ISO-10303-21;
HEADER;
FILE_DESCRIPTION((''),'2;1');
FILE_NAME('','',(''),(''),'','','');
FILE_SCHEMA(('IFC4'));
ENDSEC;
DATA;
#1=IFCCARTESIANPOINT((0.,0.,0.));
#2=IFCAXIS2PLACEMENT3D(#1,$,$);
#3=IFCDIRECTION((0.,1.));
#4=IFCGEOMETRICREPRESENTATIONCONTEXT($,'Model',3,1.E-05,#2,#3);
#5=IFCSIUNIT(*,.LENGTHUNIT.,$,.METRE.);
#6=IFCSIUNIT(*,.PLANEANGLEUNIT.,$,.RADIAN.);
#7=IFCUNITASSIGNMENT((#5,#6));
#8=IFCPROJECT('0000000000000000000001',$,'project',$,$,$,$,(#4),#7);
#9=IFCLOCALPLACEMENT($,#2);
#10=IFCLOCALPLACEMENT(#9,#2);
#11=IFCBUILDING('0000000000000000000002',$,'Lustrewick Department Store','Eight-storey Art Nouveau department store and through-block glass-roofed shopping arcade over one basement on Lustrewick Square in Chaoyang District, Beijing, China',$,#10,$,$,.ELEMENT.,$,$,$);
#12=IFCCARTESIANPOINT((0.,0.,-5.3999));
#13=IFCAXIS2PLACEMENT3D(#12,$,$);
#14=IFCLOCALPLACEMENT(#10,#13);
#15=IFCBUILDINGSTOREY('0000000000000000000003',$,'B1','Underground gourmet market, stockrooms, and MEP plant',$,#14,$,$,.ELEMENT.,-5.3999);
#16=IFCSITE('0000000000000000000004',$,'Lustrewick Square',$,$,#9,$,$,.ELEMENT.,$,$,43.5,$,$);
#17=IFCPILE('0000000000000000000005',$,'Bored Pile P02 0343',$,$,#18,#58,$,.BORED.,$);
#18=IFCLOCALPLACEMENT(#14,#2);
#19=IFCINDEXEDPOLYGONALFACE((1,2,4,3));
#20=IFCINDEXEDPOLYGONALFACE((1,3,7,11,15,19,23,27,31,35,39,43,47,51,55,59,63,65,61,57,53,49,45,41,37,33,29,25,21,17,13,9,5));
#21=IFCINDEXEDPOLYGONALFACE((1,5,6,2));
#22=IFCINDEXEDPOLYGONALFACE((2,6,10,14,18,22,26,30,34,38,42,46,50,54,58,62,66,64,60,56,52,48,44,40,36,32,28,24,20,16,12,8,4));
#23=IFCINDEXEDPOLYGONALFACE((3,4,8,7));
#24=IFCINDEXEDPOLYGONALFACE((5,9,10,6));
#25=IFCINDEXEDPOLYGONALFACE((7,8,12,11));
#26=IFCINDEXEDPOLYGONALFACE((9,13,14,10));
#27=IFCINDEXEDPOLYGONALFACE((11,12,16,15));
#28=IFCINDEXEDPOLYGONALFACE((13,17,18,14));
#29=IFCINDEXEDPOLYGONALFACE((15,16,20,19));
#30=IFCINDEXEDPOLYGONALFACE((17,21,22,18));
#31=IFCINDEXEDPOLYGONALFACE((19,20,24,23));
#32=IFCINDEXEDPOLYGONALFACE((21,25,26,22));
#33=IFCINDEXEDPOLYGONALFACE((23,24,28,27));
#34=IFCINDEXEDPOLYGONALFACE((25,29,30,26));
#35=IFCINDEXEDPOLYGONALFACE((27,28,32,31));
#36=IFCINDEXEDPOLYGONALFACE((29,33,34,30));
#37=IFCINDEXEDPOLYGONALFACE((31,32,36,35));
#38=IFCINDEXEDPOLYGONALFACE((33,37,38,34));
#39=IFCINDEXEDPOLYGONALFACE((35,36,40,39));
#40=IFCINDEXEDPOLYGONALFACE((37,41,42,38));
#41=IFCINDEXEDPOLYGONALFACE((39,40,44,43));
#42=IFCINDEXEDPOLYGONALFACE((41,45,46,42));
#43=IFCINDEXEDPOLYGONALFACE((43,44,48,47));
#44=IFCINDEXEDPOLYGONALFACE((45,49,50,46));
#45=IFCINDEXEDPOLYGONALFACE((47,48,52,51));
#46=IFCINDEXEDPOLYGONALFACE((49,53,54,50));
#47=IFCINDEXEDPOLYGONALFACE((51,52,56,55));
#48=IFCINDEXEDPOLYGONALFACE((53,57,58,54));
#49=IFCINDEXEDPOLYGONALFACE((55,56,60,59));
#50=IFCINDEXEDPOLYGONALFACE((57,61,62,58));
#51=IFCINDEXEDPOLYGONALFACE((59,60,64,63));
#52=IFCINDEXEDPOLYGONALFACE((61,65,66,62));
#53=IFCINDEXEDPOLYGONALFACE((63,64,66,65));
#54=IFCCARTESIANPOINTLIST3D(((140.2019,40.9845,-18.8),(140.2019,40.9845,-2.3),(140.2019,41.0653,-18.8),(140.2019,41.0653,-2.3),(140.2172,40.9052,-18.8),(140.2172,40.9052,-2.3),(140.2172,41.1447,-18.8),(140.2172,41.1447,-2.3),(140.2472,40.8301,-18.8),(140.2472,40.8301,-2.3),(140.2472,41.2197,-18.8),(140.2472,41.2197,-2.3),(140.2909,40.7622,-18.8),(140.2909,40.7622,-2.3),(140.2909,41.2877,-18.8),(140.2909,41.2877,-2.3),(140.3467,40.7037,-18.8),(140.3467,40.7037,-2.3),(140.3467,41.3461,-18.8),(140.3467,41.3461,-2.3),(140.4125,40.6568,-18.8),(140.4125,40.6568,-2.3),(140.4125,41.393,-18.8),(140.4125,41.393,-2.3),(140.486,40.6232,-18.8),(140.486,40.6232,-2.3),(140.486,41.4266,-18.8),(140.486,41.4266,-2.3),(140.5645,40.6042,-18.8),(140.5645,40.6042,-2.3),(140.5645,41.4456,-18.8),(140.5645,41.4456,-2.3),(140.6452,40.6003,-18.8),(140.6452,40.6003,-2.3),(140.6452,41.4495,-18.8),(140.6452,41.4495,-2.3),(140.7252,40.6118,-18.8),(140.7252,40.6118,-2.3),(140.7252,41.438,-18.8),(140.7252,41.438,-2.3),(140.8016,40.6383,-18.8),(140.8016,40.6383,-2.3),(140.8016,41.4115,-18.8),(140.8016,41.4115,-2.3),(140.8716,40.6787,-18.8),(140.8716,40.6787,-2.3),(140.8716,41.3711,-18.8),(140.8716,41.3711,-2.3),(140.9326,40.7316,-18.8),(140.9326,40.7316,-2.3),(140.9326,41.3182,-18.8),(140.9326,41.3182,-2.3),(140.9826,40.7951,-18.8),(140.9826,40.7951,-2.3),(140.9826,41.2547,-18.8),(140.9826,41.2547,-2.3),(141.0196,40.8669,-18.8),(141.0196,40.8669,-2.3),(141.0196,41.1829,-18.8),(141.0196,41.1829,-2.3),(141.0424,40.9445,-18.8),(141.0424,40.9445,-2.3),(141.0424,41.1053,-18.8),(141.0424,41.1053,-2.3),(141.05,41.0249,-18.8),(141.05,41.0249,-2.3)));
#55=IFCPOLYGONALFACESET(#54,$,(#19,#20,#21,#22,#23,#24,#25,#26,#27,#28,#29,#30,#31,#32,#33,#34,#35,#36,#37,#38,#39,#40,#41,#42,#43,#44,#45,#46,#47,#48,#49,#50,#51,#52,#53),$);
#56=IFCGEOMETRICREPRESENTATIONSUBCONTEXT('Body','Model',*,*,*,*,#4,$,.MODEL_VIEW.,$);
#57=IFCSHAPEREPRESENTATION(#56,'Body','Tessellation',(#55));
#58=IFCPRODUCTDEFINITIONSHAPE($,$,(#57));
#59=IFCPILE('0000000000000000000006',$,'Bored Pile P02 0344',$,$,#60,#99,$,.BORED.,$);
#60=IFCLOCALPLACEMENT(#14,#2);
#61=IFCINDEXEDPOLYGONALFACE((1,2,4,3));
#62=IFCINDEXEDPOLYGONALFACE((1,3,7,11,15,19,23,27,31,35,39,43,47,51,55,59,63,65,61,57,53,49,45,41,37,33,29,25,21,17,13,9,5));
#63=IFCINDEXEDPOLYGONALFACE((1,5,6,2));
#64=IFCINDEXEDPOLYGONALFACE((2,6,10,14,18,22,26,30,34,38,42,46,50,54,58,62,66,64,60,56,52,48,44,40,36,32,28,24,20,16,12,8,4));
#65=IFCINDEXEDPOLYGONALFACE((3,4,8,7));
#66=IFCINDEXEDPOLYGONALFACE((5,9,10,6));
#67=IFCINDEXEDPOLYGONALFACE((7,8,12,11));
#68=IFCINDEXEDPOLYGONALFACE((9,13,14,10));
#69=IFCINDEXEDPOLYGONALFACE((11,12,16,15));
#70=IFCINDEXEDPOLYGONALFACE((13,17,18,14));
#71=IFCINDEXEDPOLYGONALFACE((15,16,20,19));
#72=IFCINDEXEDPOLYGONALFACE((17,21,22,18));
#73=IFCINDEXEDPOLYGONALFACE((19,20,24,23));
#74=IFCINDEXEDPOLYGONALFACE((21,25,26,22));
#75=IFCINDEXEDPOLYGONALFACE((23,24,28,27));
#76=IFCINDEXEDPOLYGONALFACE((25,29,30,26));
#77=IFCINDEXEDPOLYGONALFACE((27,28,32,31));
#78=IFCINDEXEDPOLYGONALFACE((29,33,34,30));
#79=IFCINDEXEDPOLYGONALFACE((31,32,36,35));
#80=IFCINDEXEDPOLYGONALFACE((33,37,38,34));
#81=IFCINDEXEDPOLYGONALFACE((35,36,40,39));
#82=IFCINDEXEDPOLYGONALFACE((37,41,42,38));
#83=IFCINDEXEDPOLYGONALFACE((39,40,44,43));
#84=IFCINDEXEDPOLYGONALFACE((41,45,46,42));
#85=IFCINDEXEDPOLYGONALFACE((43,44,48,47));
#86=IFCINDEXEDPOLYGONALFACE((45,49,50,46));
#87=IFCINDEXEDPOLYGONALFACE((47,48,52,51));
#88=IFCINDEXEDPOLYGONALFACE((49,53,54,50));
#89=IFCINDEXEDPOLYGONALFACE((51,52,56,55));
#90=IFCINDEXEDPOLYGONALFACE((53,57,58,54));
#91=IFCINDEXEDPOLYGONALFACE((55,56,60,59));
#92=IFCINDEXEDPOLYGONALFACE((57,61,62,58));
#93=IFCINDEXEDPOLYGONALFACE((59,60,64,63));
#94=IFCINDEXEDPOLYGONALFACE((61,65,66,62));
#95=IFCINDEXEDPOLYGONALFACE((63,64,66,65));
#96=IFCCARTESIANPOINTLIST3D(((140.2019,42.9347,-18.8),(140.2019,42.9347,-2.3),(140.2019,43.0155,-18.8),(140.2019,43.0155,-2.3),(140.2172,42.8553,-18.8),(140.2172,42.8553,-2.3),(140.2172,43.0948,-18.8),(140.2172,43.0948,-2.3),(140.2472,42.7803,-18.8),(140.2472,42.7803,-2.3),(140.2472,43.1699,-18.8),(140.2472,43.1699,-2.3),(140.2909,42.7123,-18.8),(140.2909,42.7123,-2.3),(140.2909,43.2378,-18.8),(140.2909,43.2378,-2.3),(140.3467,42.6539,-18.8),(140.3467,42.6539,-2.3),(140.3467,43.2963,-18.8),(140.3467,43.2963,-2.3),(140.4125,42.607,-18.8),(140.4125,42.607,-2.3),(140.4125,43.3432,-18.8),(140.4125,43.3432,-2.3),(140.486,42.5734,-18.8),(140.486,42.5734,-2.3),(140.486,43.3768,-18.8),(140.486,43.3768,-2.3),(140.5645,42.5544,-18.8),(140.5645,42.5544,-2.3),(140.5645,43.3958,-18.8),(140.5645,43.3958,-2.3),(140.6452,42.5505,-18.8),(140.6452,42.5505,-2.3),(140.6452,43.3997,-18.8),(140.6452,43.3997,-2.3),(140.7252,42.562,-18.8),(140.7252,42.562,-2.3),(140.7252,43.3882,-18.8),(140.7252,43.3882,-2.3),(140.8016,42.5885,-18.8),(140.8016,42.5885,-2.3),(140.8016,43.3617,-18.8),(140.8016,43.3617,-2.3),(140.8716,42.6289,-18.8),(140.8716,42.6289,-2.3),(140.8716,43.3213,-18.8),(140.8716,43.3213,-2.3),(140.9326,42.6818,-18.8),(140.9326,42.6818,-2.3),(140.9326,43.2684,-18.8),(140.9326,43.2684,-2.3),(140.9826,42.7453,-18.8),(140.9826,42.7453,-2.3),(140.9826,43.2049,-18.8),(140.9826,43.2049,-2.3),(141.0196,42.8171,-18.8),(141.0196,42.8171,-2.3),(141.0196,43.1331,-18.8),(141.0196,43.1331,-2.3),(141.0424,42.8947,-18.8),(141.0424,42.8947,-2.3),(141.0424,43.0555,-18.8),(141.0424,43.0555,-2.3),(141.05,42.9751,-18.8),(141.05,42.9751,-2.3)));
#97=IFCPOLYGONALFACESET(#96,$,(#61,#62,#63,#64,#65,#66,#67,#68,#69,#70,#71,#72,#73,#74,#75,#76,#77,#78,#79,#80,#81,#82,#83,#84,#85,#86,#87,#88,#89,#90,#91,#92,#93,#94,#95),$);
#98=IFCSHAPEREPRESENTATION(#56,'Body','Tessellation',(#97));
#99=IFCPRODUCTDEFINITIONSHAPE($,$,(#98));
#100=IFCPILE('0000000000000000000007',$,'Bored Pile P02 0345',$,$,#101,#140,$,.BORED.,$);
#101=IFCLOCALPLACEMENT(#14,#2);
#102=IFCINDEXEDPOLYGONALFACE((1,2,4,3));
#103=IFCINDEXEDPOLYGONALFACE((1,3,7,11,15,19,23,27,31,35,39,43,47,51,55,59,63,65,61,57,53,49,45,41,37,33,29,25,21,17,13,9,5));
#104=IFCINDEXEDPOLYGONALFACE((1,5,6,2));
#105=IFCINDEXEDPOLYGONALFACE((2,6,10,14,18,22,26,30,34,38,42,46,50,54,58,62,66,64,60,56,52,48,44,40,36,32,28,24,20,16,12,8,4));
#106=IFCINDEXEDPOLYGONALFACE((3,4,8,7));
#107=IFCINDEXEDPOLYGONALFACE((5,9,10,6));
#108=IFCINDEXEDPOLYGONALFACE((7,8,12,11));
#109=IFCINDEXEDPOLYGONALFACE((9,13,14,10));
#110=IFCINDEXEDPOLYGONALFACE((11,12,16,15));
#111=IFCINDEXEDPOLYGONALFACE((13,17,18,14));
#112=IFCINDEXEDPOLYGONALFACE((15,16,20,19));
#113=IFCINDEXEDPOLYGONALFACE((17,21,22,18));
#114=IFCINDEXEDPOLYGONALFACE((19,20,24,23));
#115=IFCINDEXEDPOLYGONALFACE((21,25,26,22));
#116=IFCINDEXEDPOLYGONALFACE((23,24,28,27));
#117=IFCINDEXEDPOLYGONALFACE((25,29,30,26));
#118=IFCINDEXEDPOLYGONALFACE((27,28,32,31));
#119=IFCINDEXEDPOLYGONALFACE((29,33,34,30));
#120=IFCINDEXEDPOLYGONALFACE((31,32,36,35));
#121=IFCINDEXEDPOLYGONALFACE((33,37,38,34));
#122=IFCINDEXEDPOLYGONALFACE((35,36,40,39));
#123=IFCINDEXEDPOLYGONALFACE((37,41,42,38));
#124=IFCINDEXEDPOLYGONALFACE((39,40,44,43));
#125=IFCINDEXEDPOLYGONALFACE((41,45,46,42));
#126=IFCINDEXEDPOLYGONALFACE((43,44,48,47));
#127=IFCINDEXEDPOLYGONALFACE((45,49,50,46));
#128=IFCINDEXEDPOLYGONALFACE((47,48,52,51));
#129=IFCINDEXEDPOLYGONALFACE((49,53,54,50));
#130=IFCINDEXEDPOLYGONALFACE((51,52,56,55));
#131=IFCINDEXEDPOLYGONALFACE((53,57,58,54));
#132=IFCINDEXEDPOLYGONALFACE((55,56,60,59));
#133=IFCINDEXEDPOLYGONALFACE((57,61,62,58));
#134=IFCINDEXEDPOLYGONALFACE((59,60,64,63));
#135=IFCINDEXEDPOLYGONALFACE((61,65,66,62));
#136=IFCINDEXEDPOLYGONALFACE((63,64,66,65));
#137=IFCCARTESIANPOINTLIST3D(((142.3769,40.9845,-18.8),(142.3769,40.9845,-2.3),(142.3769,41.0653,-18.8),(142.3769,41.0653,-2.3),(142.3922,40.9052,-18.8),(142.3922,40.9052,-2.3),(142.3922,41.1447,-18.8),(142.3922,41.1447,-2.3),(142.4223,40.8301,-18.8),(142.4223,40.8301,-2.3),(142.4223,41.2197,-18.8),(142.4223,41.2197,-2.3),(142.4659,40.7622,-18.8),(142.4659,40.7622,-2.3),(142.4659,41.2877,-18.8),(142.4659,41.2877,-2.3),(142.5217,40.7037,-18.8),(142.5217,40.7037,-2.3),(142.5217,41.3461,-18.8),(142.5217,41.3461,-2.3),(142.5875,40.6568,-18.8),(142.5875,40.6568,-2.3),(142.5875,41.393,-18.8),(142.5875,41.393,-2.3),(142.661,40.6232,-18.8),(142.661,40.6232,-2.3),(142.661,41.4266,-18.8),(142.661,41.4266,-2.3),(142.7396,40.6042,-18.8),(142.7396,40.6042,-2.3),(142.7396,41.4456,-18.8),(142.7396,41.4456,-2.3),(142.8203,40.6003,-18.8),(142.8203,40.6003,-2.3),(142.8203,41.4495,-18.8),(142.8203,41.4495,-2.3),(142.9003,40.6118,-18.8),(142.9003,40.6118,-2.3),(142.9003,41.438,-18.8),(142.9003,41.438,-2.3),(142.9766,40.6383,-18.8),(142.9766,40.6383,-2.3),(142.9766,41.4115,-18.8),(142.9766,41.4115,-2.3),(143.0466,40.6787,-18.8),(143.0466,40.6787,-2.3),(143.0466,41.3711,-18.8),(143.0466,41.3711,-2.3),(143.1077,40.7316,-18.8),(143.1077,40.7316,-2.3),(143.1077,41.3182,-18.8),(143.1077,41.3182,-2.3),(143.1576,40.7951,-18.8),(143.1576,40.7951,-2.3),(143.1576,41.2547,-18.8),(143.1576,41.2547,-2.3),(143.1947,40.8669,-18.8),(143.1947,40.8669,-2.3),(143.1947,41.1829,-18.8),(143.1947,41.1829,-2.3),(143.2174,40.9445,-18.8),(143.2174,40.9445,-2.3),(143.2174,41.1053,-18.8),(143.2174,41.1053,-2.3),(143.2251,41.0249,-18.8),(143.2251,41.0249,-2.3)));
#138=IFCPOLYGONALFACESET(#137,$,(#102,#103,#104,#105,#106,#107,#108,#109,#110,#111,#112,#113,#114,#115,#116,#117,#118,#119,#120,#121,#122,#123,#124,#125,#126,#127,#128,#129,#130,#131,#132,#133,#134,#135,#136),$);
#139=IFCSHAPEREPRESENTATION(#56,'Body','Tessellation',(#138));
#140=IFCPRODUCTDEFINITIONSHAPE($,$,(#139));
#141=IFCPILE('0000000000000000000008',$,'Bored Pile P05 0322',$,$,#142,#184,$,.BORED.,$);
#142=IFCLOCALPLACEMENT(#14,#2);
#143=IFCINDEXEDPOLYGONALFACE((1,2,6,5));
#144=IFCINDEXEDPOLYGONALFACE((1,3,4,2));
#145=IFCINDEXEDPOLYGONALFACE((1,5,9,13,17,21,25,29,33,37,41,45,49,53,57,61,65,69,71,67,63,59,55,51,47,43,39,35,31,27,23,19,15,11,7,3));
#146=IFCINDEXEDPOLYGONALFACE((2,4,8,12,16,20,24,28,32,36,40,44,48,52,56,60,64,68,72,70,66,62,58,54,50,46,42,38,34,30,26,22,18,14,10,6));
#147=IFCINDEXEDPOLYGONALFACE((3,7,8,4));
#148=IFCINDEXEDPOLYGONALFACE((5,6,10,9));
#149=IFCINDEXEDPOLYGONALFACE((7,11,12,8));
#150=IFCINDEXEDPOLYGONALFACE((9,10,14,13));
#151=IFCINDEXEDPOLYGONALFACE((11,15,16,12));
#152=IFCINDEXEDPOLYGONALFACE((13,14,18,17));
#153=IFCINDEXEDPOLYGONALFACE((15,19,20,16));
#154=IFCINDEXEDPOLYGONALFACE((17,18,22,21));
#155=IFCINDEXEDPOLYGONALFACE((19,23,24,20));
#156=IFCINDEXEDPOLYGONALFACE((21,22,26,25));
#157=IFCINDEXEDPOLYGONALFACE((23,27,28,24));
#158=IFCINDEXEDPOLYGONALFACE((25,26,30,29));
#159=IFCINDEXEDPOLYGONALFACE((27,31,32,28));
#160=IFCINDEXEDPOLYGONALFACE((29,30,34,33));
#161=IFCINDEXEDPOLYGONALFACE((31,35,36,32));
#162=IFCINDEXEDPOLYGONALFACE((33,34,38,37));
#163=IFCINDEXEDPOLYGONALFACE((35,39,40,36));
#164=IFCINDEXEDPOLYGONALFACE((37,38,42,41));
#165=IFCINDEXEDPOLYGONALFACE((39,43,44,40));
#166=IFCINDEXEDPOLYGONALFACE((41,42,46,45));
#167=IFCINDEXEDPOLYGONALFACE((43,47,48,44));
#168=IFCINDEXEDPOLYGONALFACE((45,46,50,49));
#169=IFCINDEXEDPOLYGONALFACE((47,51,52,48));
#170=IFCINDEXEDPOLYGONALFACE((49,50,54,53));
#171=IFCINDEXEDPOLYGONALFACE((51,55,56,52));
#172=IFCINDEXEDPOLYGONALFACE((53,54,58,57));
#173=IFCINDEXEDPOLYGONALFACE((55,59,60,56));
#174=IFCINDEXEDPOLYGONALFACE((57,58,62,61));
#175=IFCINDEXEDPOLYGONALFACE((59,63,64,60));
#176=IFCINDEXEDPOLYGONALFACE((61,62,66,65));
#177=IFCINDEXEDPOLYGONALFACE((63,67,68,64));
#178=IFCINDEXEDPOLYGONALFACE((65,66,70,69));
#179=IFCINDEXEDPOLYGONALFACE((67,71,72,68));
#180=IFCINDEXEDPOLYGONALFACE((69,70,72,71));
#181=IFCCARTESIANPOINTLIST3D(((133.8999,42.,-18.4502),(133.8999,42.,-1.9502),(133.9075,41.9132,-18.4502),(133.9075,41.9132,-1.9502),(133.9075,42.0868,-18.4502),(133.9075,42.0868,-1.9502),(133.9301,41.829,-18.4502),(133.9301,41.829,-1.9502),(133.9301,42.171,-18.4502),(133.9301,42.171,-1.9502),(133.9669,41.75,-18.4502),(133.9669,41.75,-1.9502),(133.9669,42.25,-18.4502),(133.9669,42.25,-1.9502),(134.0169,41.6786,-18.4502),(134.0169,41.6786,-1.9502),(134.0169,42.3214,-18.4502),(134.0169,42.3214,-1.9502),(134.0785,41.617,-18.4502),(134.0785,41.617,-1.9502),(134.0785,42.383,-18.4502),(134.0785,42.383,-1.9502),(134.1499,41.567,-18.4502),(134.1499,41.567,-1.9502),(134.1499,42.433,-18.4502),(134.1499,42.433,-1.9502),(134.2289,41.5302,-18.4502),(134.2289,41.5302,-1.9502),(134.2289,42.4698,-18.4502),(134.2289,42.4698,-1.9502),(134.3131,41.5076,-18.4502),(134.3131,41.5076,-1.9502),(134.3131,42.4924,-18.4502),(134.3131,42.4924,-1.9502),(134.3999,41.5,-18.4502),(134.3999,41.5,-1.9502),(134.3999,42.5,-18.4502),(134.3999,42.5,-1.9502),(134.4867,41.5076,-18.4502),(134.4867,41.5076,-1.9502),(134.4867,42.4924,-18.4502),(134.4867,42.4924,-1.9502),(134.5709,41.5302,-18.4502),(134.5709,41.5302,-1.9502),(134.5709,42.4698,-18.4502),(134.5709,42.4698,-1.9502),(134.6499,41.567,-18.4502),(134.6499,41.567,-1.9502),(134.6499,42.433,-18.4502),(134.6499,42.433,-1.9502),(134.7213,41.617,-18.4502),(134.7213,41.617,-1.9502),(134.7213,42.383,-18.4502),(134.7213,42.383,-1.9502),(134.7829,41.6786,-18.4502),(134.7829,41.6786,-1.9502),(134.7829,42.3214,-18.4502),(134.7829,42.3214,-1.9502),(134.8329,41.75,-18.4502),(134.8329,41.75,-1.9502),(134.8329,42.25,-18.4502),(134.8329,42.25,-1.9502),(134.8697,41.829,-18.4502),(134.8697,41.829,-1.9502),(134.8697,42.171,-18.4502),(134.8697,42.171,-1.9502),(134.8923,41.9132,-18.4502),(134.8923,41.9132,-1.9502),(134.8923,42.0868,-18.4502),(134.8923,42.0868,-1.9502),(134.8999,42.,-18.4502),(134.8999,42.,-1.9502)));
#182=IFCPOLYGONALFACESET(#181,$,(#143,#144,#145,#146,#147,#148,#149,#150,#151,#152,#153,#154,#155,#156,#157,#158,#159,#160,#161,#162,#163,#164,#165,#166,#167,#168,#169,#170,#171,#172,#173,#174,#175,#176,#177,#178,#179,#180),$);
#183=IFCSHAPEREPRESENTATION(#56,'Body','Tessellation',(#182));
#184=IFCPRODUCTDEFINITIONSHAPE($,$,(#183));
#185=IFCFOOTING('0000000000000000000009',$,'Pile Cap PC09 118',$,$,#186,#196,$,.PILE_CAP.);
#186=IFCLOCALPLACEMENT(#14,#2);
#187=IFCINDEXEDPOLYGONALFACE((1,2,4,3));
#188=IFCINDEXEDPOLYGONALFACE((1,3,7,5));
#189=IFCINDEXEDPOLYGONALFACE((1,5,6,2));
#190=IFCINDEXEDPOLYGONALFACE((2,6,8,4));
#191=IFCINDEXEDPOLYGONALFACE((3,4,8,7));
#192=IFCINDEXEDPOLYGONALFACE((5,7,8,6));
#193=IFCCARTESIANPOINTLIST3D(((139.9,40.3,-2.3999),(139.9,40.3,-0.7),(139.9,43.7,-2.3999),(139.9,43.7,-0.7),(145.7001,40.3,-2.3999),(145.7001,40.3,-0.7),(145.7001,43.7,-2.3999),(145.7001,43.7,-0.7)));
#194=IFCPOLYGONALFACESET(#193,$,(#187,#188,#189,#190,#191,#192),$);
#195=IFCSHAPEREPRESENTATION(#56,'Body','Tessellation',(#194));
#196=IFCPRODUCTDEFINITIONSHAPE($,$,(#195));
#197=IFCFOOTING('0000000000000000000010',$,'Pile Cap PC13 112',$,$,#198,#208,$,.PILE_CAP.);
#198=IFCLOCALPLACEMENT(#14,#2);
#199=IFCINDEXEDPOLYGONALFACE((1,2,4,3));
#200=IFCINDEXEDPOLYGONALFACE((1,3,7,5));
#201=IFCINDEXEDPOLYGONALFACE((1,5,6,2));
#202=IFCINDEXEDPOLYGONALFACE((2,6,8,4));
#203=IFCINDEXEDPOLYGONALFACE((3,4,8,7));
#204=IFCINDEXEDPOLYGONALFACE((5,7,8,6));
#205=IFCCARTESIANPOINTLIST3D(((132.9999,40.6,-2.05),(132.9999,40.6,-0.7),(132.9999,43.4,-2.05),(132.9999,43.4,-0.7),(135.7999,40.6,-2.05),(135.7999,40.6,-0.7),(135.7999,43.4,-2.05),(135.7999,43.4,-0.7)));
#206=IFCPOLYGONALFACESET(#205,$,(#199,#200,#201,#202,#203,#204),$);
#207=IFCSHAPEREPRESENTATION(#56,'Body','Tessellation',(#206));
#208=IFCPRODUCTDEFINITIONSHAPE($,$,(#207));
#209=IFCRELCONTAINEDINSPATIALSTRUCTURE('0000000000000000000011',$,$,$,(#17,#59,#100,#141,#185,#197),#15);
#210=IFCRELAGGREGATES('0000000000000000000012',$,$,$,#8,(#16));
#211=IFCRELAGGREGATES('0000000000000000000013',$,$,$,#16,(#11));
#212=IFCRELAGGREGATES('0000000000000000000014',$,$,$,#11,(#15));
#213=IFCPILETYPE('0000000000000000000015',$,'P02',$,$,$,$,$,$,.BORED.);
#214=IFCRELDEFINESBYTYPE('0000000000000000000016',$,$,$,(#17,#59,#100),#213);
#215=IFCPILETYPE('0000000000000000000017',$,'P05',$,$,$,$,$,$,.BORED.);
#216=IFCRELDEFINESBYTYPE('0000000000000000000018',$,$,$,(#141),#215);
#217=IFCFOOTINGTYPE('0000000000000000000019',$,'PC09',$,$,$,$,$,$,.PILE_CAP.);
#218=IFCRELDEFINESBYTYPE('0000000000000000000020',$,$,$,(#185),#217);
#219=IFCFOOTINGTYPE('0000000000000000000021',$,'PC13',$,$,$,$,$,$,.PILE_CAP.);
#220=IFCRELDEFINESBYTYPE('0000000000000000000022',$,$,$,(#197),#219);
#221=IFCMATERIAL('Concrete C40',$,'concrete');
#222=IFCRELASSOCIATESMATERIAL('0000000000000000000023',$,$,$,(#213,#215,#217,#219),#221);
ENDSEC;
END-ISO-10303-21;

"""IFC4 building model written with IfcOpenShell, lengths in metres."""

from ifc_helpers import new_model, si_unit, direction, frame, origin, origin_2d, place, context, subcontext, project, spatial, rectangle, circle, extrude, material, material_profile, profile_set, type_object, element, save


model = new_model("IFC4")

# Units and contexts
model_context = context("Model", 3, precision=1e-05, world=origin(), true_north=direction((0.0, 1.0)))
body_context = subcontext(model_context, "Body", "Model", "MODEL_VIEW")
ifc_project = project(units=[si_unit("LENGTHUNIT", "METRE"), si_unit("PLANEANGLEUNIT", "RADIAN")], contexts=[model_context])

# Site, building, storey
site_placement = place(None, origin())
site = spatial("IfcSite", under=ifc_project, at=site_placement, Name="Lustrewick Square", CompositionType="ELEMENT", RefElevation=43.5)
building_placement = place(site_placement, origin())
building = spatial("IfcBuilding", under=site, at=building_placement, Name="Lustrewick Department Store", Description="Eight-storey Art Nouveau department store and through-block glass-roofed shopping arcade over one basement on Lustrewick Square in Chaoyang District, Beijing, China", CompositionType="ELEMENT")
storey_placement = place(building_placement, frame((0.0, 0.0, -5.3999)))
storey = spatial("IfcBuildingStorey", under=building, at=storey_placement, Name="B1", Description="Underground gourmet market, stockrooms, and MEP plant", CompositionType="ELEMENT", Elevation=-5.3999)

# Piles
ifc_material_1 = material(Name="Concrete C40", Category="concrete")
ifc_material_profile_1 = material_profile(ifc_material_1, circle(Radius=0.425, at=origin_2d()), Name="PILE D850")
ifc_profile_set_1 = profile_set([ifc_material_profile_1], Name="Concrete C40")
pile_type_1 = type_object("IfcPileType", Name="P02", PredefinedType="BORED", material=ifc_profile_set_1)
for number, where, z_axis, x_axis, name in (
    (1, (140.625, 41.0249, -2.3), (0.0, 0.0, -1.0), (1.0, 0.0, 0.0), "Bored Pile P02 0343"),
    (2, (140.625, 42.9751, -2.3), (0.0, 0.0, -1.0), (1.0, 0.0, 0.0), "Bored Pile P02 0344"),
    (3, (142.8, 41.0249, -2.3), (0.0, 0.0, -1.0), (1.0, 0.0, 0.0), "Bored Pile P02 0345"),
):
    element("IfcPile", number, at=place(storey_placement, frame(where, z_axis=z_axis, x_axis=x_axis)), inside=storey, type_object=pile_type_1, Name=name, PredefinedType="BORED", context=body_context, shape_type="SweptSolid", body=[
        extrude(circle(Radius=0.425, at=origin_2d()), origin(), (0.0, 0.0, 1.0), 16.5),
    ])
ifc_material_profile_2 = material_profile(ifc_material_1, circle(Radius=0.5, at=origin_2d()), Name="PILE D1000")
ifc_profile_set_2 = profile_set([ifc_material_profile_2], Name="Concrete C40")
pile_type_2 = type_object("IfcPileType", Name="P05", PredefinedType="BORED", material=ifc_profile_set_2)
pile_placement = place(storey_placement, frame((134.3999, 42.0, -1.9502), z_axis=(0.0, 0.0, -1.0), x_axis=(1.0, 0.0, 0.0)))
element("IfcPile", 4, at=pile_placement, inside=storey, type_object=pile_type_2, Name="Bored Pile P05 0322", PredefinedType="BORED", context=body_context, shape_type="SweptSolid", body=[
    extrude(circle(Radius=0.5, at=origin_2d()), origin(), (0.0, 0.0, 1.0), 16.5),
])

# Footings
footing_type_1 = type_object("IfcFootingType", Name="PC09", PredefinedType="PILE_CAP", material=ifc_material_1)
footing_1_placement = place(storey_placement, frame((142.8, 42.0, -2.3999), z_axis=(0.0, 0.0, 1.0), x_axis=(1.0, 0.0, 0.0)))
element("IfcFooting", 5, at=footing_1_placement, inside=storey, type_object=footing_type_1, Name="Pile Cap PC09 118", PredefinedType="PILE_CAP", context=body_context, shape_type="SweptSolid", body=[
    extrude(rectangle(XDim=5.8, YDim=3.3999, at=origin_2d()), origin(), (0.0, 0.0, 1.0), 1.7),
])
footing_type_2 = type_object("IfcFootingType", Name="PC13", PredefinedType="PILE_CAP", material=ifc_material_1)
footing_2_placement = place(storey_placement, frame((134.3999, 42.0, -2.05), z_axis=(0.0, 0.0, 1.0), x_axis=(1.0, 0.0, 0.0)))
element("IfcFooting", 6, at=footing_2_placement, inside=storey, type_object=footing_type_2, Name="Pile Cap PC13 112", PredefinedType="PILE_CAP", context=body_context, shape_type="SweptSolid", body=[
    extrude(rectangle(XDim=2.8, YDim=2.8, at=origin_2d()), origin(), (0.0, 0.0, 1.0), 1.3501),
])

save(model, "model.ifc")
